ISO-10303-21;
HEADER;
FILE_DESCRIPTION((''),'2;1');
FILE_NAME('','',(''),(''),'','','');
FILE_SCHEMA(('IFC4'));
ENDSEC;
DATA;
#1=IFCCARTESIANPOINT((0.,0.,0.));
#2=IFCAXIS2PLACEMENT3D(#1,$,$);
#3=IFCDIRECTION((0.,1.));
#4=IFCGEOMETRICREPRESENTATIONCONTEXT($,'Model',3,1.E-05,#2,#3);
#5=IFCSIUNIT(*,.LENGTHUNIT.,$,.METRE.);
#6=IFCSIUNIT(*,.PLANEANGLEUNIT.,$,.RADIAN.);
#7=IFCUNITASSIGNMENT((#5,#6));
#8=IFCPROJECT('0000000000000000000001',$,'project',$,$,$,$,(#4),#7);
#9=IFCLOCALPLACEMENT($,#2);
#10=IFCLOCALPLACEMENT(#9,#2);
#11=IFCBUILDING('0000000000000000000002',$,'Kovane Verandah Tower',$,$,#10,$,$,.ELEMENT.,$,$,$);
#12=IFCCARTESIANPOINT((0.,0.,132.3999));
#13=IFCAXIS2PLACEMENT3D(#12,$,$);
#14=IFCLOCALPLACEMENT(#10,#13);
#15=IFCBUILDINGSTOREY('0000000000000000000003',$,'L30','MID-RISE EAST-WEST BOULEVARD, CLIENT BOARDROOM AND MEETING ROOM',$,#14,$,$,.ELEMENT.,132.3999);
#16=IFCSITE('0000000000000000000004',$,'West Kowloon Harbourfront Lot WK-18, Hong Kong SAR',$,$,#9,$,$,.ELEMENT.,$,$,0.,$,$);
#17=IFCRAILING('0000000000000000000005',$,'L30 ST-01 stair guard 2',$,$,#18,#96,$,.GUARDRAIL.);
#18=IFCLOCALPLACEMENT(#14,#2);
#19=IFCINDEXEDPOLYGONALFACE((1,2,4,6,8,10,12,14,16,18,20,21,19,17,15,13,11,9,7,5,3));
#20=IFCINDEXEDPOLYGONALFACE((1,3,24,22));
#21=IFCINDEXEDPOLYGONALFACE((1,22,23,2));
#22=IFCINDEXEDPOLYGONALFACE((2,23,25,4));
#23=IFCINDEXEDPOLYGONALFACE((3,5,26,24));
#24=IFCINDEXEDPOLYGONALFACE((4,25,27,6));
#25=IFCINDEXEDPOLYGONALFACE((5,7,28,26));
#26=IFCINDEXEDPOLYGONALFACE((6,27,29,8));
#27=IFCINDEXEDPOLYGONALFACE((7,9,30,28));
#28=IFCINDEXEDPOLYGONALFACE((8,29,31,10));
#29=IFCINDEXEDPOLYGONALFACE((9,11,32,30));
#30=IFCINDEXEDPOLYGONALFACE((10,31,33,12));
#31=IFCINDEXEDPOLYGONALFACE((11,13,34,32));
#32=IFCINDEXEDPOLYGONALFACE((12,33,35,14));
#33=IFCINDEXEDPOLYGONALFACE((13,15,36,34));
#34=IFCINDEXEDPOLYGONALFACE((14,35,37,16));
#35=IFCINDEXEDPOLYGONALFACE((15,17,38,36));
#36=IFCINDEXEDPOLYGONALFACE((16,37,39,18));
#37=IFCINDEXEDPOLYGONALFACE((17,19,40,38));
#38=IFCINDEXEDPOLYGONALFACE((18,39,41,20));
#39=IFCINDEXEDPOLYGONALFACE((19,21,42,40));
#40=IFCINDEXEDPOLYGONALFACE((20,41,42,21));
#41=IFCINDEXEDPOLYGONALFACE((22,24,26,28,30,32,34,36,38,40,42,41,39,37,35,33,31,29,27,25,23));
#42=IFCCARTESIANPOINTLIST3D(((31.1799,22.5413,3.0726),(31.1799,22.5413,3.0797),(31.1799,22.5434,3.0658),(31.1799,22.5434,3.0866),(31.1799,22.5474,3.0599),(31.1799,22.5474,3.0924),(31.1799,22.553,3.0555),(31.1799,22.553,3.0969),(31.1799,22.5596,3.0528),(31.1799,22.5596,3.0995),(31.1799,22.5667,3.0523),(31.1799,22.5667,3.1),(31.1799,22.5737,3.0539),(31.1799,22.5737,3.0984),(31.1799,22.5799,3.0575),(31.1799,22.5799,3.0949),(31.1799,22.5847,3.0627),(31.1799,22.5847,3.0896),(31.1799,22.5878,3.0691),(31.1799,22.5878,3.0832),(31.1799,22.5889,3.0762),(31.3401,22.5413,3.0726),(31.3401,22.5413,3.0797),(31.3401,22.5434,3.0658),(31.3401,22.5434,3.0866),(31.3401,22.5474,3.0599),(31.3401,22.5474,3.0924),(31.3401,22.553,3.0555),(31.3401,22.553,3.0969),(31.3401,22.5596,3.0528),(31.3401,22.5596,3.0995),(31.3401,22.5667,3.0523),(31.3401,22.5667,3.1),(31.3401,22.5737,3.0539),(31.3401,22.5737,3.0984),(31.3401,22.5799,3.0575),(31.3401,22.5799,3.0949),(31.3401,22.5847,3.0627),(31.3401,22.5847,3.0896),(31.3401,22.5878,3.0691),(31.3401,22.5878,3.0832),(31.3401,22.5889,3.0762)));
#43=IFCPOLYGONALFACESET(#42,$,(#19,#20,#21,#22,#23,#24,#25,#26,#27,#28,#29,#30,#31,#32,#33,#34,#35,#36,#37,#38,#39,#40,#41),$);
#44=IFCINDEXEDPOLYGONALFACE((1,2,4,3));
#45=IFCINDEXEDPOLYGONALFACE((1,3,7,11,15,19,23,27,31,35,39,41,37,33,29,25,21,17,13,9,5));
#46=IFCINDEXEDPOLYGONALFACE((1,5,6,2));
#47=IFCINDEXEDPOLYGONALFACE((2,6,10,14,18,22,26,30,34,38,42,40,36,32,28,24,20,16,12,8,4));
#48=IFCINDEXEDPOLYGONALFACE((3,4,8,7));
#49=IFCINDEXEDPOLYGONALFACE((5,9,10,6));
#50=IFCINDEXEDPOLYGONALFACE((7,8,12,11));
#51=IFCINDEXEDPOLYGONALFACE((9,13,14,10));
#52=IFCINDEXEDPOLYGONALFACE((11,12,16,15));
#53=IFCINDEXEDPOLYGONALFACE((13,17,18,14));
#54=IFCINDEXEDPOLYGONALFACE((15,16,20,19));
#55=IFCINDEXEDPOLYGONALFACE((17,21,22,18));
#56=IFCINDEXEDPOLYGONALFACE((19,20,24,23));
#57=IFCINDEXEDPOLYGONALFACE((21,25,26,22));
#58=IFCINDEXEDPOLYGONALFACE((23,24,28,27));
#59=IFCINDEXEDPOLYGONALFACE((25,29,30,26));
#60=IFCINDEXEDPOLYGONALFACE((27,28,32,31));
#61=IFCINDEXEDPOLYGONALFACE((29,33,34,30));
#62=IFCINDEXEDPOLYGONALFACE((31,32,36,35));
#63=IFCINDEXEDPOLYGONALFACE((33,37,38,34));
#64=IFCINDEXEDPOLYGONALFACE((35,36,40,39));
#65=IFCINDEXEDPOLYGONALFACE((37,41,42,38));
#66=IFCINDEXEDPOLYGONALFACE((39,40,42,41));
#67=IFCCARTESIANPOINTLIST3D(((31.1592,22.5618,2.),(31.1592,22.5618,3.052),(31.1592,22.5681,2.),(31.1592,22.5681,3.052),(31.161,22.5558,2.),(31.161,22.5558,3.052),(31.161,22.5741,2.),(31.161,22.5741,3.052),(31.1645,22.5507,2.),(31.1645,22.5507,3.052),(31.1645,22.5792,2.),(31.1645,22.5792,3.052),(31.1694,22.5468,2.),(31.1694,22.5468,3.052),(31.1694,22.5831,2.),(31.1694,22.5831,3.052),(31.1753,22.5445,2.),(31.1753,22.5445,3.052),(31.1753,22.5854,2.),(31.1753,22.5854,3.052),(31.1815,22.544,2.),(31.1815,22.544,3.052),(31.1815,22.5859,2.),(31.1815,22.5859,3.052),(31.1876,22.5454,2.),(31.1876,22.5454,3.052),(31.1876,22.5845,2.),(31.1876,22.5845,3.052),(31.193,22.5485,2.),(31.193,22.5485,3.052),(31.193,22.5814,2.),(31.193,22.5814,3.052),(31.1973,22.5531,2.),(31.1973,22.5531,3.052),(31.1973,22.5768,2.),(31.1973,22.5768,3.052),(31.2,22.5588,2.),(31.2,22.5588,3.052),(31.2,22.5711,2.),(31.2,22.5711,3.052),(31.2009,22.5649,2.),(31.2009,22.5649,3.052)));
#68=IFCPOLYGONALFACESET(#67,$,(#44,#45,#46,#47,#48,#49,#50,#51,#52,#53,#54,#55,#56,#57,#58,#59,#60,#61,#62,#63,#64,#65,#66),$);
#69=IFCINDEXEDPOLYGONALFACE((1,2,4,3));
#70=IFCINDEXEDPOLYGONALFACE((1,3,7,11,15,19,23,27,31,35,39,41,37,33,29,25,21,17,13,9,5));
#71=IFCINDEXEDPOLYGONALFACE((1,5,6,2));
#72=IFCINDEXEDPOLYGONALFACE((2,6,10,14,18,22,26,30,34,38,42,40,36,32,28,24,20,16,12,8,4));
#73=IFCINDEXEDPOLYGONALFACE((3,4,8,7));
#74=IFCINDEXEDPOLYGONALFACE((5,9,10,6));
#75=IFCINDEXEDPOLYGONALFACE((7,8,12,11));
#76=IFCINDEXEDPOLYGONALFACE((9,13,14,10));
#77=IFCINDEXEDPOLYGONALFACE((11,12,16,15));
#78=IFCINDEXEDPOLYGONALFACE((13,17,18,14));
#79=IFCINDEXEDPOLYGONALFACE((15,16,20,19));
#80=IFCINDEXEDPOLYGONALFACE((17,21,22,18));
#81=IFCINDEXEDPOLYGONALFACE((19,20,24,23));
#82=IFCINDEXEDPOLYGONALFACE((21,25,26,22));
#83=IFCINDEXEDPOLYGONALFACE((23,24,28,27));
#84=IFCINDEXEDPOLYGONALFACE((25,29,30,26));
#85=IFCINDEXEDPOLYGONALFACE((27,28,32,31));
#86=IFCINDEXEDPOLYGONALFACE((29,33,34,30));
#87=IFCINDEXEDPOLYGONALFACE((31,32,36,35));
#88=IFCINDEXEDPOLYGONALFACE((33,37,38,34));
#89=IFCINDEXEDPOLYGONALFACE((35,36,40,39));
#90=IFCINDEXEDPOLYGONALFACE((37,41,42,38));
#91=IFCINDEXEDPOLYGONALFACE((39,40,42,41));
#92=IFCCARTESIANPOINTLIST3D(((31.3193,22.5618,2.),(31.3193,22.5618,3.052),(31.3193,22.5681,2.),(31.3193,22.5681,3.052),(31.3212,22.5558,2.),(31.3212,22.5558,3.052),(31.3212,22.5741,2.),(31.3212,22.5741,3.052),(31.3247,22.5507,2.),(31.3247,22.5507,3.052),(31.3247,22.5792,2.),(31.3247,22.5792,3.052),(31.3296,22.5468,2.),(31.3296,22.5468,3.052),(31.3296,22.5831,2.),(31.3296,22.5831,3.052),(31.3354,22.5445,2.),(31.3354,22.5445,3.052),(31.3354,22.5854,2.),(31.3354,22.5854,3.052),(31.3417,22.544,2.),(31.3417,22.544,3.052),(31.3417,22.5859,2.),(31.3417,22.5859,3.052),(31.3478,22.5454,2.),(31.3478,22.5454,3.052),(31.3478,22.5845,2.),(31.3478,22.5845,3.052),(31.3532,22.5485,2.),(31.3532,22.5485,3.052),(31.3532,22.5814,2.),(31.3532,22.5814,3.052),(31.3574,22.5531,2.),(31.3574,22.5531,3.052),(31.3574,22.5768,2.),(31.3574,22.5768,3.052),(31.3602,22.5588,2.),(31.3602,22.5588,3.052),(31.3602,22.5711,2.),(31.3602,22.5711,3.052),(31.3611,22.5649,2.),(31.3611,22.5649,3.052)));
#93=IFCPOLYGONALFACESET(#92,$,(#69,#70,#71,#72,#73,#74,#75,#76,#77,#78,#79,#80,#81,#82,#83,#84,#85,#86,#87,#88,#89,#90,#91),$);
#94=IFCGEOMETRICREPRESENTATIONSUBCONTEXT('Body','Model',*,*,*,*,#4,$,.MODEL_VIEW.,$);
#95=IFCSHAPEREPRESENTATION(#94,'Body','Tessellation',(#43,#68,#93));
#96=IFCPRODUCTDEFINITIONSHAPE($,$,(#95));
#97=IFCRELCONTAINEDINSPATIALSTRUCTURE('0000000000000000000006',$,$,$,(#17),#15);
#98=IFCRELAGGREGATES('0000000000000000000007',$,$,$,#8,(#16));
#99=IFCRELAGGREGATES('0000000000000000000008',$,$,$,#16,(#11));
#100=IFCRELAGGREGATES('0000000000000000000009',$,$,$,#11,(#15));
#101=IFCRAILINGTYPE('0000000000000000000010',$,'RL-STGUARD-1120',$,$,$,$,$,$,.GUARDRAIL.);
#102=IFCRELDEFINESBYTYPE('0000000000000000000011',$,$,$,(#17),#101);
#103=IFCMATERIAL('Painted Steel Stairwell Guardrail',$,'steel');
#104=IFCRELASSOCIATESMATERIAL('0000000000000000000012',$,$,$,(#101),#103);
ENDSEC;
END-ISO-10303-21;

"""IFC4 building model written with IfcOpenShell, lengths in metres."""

from ifc_helpers import new_model, si_unit, direction, frame, origin, origin_2d, place, context, subcontext, project, spatial, circle, extrude, material, type_object, element, save


model = new_model("IFC4")

# Units and contexts
model_context = context("Model", 3, precision=1e-05, world=origin(), true_north=direction((0.0, 1.0)))
body_context = subcontext(model_context, "Body", "Model", "MODEL_VIEW")
ifc_project = project(units=[si_unit("LENGTHUNIT", "METRE"), si_unit("PLANEANGLEUNIT", "RADIAN")], contexts=[model_context])

# Site, building, storey
site_placement = place(None, origin())
site = spatial("IfcSite", under=ifc_project, at=site_placement, Name="West Kowloon Harbourfront Lot WK-18, Hong Kong SAR", CompositionType="ELEMENT", RefElevation=0.0)
building_placement = place(site_placement, origin())
building = spatial("IfcBuilding", under=site, at=building_placement, Name="Kovane Verandah Tower", CompositionType="ELEMENT")
storey_placement = place(building_placement, frame((0.0, 0.0, 132.3999)))
storey = spatial("IfcBuildingStorey", under=building, at=storey_placement, Name="L30", Description="MID-RISE EAST-WEST BOULEVARD, CLIENT BOARDROOM AND MEETING ROOM", CompositionType="ELEMENT", Elevation=132.3999)

# Railing
ifc_material_1 = material(Name="Painted Steel Stairwell Guardrail", Category="steel")
railing_type_1 = type_object("IfcRailingType", Name="RL-STGUARD-1120", PredefinedType="GUARDRAIL", material=ifc_material_1)
railing_1_placement = place(storey_placement, frame((31.1799, 22.5649, 2.0)))
element("IfcRailing", 1, at=railing_1_placement, inside=storey, type_object=railing_type_1, Name="L30 ST-01 stair guard 2", PredefinedType="GUARDRAIL", context=body_context, shape_type="SweptSolid", body=[
    extrude(circle(Radius=0.0239, at=origin_2d()), frame((0.0, 0.0, 1.0762), z_axis=(1.0, 0.0, 0.0), x_axis=(0.0, 1.0, 0.0)), (0.0, 0.0, 1.0), 0.1602),
    extrude(circle(Radius=0.021, at=origin_2d()), origin(), (0.0, 0.0, 1.0), 1.052),
    extrude(circle(Radius=0.021, at=origin_2d()), frame((0.1602, 0.0, 0.0)), (0.0, 0.0, 1.0), 1.052),
])

save(model, "model.ifc")
